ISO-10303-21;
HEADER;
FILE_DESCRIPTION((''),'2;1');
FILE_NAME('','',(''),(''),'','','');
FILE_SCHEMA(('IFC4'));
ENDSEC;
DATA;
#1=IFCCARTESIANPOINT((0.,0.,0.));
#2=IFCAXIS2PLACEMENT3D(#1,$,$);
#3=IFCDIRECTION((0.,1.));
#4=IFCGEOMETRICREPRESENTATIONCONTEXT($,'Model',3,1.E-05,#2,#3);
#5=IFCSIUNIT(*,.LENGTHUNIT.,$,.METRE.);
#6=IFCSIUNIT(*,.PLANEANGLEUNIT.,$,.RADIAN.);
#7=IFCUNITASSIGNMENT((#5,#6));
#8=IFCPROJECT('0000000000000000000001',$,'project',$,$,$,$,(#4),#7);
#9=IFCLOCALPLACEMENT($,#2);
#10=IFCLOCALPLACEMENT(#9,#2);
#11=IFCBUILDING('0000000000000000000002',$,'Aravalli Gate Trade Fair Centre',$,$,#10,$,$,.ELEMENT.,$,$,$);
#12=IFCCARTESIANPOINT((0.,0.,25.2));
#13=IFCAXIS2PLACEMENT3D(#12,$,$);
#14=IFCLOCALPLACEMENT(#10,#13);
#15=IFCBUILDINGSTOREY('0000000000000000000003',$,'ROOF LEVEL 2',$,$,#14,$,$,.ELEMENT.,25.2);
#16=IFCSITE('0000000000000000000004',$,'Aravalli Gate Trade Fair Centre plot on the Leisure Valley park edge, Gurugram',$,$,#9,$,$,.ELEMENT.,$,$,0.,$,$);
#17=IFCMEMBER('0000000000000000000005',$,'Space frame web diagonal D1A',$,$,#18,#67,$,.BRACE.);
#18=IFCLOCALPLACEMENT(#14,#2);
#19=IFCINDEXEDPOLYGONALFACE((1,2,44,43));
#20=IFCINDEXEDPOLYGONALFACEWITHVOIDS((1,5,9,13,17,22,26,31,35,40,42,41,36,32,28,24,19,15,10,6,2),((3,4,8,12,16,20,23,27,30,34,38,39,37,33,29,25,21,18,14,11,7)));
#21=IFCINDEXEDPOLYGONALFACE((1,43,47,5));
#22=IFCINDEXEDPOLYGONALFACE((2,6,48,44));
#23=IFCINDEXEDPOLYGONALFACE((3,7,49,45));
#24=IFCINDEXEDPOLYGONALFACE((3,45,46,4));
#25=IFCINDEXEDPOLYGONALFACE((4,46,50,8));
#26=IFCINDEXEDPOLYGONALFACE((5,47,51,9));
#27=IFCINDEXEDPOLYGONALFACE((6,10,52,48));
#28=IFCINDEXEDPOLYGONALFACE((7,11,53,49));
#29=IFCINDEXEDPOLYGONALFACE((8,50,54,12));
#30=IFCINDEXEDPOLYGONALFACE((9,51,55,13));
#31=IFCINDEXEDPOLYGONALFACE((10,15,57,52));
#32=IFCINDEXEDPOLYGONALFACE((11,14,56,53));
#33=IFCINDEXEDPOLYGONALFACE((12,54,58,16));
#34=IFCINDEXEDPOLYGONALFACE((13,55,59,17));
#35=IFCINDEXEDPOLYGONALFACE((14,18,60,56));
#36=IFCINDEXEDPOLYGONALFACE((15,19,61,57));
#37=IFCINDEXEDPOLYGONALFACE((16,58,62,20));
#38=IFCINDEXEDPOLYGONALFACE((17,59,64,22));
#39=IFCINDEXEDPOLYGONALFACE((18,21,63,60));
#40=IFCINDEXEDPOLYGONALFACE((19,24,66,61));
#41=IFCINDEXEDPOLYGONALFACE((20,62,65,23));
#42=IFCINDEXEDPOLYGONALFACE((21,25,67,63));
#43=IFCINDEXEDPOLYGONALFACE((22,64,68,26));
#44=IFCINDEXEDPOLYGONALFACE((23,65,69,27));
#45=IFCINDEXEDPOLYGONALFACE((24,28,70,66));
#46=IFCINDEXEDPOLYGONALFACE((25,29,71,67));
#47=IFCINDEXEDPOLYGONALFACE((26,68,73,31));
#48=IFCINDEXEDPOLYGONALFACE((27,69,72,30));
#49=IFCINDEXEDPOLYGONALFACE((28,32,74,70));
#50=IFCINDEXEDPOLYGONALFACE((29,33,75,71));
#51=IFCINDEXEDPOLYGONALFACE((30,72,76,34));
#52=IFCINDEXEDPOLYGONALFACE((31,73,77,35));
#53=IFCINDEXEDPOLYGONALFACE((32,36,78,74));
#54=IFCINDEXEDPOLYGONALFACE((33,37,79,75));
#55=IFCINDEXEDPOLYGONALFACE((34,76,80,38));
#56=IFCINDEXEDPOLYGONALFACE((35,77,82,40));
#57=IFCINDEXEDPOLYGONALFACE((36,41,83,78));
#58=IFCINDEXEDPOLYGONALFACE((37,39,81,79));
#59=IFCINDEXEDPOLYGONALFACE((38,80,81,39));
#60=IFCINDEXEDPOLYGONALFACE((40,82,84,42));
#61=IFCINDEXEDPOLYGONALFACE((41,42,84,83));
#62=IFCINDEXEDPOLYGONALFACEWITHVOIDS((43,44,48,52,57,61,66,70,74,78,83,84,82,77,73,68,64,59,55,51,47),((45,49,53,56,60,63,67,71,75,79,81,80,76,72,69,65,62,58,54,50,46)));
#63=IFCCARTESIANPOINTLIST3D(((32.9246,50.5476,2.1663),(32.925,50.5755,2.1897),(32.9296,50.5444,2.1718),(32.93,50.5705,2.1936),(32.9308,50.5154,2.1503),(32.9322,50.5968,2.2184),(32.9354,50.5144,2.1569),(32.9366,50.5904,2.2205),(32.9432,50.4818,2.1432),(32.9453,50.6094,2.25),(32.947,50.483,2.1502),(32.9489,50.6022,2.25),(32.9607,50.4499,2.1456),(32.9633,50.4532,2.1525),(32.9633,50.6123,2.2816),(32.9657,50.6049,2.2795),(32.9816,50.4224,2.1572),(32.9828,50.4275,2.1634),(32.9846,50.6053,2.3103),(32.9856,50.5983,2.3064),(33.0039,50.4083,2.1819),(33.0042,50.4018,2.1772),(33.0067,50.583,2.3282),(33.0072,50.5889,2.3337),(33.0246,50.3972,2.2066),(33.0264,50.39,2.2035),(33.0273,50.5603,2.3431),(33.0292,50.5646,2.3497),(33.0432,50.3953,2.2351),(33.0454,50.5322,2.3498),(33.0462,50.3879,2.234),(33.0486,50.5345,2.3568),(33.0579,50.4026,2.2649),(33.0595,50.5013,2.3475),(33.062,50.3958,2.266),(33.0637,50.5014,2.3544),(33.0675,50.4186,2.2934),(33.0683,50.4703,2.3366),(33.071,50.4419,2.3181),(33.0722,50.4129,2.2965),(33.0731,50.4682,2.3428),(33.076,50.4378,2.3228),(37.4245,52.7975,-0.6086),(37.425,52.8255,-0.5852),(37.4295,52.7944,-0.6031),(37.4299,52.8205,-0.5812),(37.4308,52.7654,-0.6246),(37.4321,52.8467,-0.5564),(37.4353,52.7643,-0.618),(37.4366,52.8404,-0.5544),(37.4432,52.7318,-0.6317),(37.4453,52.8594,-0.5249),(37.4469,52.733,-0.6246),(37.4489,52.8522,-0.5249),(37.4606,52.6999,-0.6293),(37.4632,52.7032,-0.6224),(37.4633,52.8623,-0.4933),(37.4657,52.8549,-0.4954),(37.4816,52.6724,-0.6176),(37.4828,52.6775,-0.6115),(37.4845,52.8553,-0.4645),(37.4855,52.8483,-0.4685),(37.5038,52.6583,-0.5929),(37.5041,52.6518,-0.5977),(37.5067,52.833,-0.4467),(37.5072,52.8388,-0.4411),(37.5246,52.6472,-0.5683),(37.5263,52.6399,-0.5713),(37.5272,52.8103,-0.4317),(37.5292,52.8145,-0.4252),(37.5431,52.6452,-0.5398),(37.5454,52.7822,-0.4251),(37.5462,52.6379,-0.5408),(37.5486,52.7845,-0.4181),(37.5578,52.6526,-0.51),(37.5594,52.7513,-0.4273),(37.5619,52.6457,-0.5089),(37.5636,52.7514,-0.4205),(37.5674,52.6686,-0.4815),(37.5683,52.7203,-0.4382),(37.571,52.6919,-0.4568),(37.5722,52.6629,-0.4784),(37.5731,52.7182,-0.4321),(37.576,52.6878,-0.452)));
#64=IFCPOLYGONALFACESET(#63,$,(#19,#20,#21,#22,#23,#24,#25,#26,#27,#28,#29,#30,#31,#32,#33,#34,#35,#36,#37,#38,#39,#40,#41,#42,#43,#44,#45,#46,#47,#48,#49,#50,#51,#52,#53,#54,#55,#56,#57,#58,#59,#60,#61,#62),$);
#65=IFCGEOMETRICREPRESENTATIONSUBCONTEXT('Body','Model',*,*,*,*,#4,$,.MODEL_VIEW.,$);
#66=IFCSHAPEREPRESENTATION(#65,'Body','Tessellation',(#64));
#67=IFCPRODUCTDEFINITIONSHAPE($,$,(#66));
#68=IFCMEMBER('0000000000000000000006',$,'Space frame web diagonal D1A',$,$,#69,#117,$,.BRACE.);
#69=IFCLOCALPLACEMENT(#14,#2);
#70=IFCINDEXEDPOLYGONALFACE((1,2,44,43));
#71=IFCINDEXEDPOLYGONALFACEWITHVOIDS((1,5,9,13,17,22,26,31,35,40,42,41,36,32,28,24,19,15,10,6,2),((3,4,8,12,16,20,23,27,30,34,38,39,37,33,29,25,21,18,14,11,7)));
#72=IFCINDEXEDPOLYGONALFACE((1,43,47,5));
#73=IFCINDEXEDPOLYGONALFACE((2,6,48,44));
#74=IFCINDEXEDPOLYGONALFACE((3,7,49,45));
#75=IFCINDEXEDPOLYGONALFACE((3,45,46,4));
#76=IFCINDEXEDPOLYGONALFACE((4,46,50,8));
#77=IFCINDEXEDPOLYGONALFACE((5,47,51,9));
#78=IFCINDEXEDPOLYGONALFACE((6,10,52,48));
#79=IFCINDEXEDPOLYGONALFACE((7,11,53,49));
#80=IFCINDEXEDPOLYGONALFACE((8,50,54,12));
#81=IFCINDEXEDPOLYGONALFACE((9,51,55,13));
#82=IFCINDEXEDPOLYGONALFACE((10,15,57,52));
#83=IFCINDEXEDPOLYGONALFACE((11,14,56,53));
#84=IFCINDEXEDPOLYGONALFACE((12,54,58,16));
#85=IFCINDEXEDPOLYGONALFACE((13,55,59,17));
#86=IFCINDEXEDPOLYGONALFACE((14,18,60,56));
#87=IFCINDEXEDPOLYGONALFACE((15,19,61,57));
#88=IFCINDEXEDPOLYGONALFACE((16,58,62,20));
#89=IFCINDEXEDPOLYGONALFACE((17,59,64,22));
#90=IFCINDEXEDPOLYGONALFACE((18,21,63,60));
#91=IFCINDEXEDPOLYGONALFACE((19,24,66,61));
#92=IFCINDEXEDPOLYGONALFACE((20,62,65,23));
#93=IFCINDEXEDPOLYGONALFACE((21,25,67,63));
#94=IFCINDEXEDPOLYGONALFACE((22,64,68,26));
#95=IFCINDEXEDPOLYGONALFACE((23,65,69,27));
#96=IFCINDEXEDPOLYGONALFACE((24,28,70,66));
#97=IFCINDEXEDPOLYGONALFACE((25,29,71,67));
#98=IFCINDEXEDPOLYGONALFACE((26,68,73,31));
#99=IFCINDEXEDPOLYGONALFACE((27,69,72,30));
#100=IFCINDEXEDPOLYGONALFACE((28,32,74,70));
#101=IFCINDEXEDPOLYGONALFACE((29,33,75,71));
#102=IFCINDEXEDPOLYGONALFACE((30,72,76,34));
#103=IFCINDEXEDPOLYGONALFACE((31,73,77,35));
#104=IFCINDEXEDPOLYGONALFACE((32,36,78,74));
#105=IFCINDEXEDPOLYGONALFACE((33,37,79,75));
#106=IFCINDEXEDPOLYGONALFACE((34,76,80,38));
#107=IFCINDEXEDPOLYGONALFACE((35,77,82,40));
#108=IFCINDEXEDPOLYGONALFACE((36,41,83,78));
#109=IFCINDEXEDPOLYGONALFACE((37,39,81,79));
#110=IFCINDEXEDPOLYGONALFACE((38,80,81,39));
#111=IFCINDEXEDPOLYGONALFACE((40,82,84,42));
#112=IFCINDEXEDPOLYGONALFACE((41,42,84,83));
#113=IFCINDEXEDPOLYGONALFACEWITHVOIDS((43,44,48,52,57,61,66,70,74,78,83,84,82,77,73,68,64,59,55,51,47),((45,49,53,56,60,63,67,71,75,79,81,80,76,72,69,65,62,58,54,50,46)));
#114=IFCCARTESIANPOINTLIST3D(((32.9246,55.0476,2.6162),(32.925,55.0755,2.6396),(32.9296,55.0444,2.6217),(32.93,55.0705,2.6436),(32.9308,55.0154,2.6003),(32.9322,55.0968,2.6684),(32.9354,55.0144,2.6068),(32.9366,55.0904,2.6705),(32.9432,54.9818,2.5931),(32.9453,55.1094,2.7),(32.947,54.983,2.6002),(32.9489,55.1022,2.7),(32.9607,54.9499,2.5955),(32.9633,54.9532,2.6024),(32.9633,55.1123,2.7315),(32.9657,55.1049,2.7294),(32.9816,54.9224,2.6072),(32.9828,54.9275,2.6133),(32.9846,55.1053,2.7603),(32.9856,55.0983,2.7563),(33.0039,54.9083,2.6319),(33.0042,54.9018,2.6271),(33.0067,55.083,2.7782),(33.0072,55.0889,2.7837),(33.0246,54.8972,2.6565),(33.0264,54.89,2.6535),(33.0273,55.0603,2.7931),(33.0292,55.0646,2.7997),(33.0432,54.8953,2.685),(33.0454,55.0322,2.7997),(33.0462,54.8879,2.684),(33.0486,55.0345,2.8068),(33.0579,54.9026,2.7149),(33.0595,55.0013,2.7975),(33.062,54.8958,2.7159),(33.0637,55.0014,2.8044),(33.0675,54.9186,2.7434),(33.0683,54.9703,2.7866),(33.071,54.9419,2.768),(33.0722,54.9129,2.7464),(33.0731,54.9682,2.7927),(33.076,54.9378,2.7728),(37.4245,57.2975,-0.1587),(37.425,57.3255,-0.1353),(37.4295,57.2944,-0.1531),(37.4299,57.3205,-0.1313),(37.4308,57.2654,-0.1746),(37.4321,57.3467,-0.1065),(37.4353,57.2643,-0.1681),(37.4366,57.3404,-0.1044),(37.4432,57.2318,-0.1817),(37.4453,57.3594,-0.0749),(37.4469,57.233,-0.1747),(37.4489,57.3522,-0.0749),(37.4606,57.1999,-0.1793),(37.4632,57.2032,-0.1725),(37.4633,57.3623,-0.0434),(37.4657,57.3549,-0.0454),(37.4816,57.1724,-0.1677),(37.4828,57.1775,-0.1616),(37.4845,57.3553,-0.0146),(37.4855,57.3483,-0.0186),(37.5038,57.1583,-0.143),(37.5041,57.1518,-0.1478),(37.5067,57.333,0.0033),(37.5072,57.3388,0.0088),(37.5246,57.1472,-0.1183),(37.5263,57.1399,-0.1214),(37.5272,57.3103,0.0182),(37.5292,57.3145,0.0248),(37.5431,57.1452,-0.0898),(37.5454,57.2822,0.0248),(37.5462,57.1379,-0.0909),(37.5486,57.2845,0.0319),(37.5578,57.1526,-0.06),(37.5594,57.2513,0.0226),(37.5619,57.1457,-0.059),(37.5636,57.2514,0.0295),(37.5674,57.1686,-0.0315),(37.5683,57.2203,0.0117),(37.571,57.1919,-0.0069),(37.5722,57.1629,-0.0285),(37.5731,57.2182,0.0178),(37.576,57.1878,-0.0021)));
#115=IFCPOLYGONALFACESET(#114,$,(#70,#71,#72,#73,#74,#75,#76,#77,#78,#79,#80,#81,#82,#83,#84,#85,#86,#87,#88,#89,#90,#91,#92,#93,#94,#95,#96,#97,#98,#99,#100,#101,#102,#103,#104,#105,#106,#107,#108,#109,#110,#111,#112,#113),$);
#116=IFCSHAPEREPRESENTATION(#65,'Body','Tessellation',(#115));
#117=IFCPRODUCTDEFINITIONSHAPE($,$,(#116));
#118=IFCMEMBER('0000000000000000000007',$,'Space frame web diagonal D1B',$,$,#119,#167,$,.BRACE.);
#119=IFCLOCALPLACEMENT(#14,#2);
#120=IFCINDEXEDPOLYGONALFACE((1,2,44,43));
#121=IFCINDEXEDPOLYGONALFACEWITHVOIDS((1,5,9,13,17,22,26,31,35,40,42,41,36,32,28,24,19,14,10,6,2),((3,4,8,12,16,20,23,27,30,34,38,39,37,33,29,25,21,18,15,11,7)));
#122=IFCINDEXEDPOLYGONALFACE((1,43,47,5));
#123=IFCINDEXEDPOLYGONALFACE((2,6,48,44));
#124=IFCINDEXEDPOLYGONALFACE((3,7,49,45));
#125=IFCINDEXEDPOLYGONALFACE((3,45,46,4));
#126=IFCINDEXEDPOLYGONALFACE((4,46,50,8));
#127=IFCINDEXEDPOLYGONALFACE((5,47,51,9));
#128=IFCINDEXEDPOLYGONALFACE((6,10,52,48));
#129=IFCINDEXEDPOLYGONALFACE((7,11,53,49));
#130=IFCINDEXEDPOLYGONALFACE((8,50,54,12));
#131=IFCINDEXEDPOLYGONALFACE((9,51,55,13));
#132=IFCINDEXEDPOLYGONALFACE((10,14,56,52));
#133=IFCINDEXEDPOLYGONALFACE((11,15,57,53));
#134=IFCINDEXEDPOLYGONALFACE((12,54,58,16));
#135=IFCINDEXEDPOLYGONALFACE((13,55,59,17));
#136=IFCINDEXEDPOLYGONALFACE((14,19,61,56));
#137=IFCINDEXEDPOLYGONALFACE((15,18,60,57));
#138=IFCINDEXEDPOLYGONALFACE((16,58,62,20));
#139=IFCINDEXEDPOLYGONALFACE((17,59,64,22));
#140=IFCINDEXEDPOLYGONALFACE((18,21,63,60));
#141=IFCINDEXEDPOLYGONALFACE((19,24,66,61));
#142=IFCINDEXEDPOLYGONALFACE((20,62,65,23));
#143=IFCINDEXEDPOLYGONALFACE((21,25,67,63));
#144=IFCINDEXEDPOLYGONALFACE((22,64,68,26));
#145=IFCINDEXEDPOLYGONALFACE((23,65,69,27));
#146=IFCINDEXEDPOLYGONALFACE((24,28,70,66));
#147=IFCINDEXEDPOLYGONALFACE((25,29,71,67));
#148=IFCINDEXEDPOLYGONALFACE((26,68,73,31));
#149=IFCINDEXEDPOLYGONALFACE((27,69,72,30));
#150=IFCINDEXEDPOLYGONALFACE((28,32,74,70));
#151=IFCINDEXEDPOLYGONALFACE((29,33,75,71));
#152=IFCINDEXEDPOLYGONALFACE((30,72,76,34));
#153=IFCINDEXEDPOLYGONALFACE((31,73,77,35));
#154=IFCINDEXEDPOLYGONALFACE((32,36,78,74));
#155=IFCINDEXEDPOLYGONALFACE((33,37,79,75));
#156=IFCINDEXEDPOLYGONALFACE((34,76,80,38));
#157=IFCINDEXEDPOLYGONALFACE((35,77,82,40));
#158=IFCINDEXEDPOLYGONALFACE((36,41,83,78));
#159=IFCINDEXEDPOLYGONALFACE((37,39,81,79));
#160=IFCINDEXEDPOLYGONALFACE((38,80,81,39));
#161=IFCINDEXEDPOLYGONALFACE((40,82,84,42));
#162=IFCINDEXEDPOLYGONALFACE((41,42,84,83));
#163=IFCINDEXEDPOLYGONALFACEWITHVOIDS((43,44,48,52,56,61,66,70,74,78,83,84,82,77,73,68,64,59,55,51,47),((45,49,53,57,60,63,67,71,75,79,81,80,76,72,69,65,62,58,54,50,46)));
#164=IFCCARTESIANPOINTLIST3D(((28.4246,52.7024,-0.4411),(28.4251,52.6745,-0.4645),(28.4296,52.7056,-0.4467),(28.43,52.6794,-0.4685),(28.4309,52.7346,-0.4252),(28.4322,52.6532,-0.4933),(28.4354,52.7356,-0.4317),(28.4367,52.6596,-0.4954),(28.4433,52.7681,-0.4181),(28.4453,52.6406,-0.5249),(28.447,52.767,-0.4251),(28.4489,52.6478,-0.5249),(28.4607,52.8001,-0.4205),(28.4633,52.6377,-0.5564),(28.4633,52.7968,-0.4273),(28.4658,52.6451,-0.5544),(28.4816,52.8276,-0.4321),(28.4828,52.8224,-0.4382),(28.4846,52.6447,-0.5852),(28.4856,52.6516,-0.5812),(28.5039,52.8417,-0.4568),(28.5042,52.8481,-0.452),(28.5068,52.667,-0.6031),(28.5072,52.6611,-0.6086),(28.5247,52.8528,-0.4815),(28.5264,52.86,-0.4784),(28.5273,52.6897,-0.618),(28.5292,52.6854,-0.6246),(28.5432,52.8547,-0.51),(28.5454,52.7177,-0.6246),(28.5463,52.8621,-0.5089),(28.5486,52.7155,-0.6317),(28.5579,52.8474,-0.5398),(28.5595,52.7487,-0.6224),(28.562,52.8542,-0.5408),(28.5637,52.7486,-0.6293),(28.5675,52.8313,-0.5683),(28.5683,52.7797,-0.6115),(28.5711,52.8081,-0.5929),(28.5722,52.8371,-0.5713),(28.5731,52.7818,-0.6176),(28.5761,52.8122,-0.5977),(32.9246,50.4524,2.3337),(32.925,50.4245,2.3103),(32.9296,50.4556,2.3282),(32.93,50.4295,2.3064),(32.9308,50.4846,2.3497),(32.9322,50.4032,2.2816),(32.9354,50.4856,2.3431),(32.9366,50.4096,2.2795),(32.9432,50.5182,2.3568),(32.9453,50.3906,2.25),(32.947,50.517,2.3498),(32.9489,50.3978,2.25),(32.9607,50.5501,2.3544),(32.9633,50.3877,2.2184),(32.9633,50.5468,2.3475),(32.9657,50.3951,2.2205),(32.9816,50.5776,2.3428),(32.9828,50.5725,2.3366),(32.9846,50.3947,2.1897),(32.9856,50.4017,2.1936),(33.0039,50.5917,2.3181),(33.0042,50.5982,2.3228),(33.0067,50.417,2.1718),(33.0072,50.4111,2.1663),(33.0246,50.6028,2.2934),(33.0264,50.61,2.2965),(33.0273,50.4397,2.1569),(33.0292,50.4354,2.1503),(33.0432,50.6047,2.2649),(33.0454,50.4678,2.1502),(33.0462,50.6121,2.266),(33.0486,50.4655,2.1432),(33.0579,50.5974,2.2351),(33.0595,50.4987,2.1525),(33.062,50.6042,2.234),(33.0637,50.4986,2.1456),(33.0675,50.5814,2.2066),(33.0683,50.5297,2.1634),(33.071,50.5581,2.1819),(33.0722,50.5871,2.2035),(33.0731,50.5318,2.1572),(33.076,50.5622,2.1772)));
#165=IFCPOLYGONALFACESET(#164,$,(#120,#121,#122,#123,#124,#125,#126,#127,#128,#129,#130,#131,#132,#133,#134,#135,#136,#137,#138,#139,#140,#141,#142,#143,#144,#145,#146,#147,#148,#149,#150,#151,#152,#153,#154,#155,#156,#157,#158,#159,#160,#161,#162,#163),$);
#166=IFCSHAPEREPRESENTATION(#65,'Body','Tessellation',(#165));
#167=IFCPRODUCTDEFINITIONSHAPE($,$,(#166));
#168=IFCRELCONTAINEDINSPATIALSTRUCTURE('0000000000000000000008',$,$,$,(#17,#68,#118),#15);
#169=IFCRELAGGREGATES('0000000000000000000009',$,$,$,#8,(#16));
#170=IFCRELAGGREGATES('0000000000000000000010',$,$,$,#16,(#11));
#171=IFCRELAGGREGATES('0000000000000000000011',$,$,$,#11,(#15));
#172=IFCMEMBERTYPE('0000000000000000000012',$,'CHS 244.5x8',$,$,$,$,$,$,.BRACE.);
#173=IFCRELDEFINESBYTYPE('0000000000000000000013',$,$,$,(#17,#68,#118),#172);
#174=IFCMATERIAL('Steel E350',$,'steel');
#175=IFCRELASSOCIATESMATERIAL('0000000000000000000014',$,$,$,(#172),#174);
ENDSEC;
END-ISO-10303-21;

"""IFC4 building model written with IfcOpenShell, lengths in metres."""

from ifc_helpers import new_model, si_unit, direction, frame, origin, origin_2d, place, context, subcontext, project, spatial, hollow_circle, extrude, material, material_profile, profile_set, type_object, element, save


model = new_model("IFC4")

# Units and contexts
model_context = context("Model", 3, precision=1e-05, world=origin(), true_north=direction((0.0, 1.0)))
body_context = subcontext(model_context, "Body", "Model", "MODEL_VIEW")
ifc_project = project(units=[si_unit("LENGTHUNIT", "METRE"), si_unit("PLANEANGLEUNIT", "RADIAN")], contexts=[model_context])

# Site, building, storey
site_placement = place(None, origin())
site = spatial("IfcSite", under=ifc_project, at=site_placement, Name="Aravalli Gate Trade Fair Centre plot on the Leisure Valley park edge, Gurugram", CompositionType="ELEMENT", RefElevation=0.0)
building_placement = place(site_placement, origin())
building = spatial("IfcBuilding", under=site, at=building_placement, Name="Aravalli Gate Trade Fair Centre", CompositionType="ELEMENT")
storey_placement = place(building_placement, frame((0.0, 0.0, 25.2)))
storey = spatial("IfcBuildingStorey", under=building, at=storey_placement, Name="ROOF LEVEL 2", CompositionType="ELEMENT", Elevation=25.2)

# Members
ifc_material = material(Name="Steel E350", Category="steel")
ifc_material_profile_1 = material_profile(ifc_material, hollow_circle(Radius=0.1223, WallThickness=0.0081, at=origin_2d()), Name="CHS 244.5x8")
ifc_profile_set_1 = profile_set([ifc_material_profile_1], Name="Steel E350")
member_type_1 = type_object("IfcMemberType", Name="CHS 244.5x8", PredefinedType="BRACE", material=ifc_profile_set_1)
for number, where, z_axis, x_axis, name in (
    (1, (33.0, 50.5, 2.25), (0.7832, 0.3916, -0.482956), (-0.447214, 0.894427, 0.0), "Space frame web diagonal D1A"),
    (2, (33.0, 55.0, 2.7), (0.7832, 0.3916, -0.482956), (-0.447214, 0.894427, 0.0), "Space frame web diagonal D1A"),
    (3, (33.0, 50.5, 2.25), (-0.7832, 0.3916, -0.482956), (-0.447214, -0.894427, 0.0), "Space frame web diagonal D1B"),
):
    element("IfcMember", number, at=place(storey_placement, frame(where, z_axis=z_axis, x_axis=x_axis)), inside=storey, type_object=member_type_1, Name=name, PredefinedType="BRACE", context=body_context, shape_type="SweptSolid", body=[
        extrude(hollow_circle(Radius=0.1223, WallThickness=0.0081, at=origin_2d()), origin(), (0.0, 0.0, 1.0), 5.7456),
    ])

save(model, "model.ifc")
